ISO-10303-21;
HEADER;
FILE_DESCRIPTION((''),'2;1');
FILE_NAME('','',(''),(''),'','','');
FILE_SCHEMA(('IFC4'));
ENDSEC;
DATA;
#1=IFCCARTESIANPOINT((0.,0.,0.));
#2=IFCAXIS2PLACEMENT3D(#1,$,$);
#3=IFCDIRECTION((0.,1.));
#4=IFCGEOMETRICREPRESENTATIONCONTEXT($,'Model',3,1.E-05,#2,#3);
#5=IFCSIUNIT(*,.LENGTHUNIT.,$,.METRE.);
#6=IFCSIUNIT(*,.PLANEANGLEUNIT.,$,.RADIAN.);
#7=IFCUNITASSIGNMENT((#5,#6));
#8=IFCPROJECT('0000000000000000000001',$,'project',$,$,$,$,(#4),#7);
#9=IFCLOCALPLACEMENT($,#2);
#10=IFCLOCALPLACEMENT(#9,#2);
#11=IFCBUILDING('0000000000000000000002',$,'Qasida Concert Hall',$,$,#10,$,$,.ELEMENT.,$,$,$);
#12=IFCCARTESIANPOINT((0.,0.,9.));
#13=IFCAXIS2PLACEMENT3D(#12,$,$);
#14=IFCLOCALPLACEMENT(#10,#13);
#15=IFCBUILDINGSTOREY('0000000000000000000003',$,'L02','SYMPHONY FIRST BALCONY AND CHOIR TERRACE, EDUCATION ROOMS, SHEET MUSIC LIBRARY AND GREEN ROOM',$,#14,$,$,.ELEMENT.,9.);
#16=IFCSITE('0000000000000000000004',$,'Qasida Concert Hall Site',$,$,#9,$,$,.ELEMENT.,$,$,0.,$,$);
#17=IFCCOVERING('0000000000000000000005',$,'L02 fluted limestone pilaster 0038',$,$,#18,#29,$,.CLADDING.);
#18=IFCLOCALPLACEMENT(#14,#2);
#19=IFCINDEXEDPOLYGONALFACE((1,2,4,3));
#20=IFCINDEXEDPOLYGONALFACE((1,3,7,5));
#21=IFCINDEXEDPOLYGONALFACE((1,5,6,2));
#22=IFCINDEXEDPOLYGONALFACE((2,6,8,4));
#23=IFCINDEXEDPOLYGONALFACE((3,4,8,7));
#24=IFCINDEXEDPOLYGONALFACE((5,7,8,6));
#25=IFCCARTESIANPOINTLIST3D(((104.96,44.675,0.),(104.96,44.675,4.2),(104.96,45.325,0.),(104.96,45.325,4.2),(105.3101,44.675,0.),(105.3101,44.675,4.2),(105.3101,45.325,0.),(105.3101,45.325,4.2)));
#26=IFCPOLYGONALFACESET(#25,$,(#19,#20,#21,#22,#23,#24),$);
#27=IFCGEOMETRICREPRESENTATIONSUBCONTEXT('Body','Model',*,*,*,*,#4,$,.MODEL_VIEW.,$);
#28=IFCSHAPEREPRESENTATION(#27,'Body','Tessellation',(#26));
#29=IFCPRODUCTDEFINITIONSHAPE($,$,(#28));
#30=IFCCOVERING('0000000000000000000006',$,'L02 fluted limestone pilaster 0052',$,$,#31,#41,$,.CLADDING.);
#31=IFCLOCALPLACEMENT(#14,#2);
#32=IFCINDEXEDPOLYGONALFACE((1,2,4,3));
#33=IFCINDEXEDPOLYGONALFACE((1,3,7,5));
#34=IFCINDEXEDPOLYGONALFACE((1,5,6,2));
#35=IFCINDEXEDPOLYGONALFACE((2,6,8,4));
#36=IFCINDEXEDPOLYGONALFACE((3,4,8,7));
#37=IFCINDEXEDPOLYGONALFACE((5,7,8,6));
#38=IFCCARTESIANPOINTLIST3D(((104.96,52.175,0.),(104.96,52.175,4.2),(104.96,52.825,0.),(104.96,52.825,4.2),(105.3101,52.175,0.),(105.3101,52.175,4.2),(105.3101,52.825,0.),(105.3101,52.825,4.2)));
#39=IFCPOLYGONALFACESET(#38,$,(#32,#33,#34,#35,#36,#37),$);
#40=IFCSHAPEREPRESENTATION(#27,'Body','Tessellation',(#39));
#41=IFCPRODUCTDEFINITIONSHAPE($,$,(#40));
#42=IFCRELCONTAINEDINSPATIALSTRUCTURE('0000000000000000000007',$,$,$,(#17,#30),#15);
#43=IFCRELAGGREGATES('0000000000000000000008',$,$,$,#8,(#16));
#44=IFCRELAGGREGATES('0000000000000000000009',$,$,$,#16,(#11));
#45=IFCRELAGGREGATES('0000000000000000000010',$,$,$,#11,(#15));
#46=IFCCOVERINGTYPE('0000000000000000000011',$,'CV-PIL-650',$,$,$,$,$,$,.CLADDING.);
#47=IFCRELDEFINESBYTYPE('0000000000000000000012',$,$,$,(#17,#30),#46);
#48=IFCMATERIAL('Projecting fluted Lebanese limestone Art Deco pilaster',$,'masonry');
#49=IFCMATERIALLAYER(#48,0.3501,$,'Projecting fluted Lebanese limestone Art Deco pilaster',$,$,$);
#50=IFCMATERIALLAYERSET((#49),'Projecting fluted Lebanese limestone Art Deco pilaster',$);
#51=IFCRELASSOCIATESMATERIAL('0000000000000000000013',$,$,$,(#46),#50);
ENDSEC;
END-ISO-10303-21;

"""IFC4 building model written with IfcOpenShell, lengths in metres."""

from ifc_helpers import new_model, si_unit, direction, frame, origin, origin_2d, place, context, subcontext, project, spatial, rectangle, extrude, material, layer, layer_set, type_object, element, save


model = new_model("IFC4")

# Units and contexts
model_context = context("Model", 3, precision=1e-05, world=origin(), true_north=direction((0.0, 1.0)))
body_context = subcontext(model_context, "Body", "Model", "MODEL_VIEW")
ifc_project = project(units=[si_unit("LENGTHUNIT", "METRE"), si_unit("PLANEANGLEUNIT", "RADIAN")], contexts=[model_context])

# Site, building, storey
site_placement = place(None, origin())
site = spatial("IfcSite", under=ifc_project, at=site_placement, Name="Qasida Concert Hall Site", CompositionType="ELEMENT", RefElevation=0.0)
building_placement = place(site_placement, origin())
building = spatial("IfcBuilding", under=site, at=building_placement, Name="Qasida Concert Hall", CompositionType="ELEMENT")
storey_placement = place(building_placement, frame((0.0, 0.0, 9.0)))
storey = spatial("IfcBuildingStorey", under=building, at=storey_placement, Name="L02", Description="SYMPHONY FIRST BALCONY AND CHOIR TERRACE, EDUCATION ROOMS, SHEET MUSIC LIBRARY AND GREEN ROOM", CompositionType="ELEMENT", Elevation=9.0)

# Coverings
ifc_material_1 = material(Name="Projecting fluted Lebanese limestone Art Deco pilaster", Category="masonry")
ifc_layer_1 = layer(ifc_material_1, 0.3501, Name="Projecting fluted Lebanese limestone Art Deco pilaster")
ifc_layer_set_1 = layer_set([ifc_layer_1], Name="Projecting fluted Lebanese limestone Art Deco pilaster")
covering_type = type_object("IfcCoveringType", Name="CV-PIL-650", PredefinedType="CLADDING", material=ifc_layer_set_1)
for number, where, z_axis, x_axis, name in (
    (1, (105.135, 45.0, 0.0), (0.0, 0.0, 1.0), (1.0, 0.0, 0.0), "L02 fluted limestone pilaster 0038"),
    (2, (105.135, 52.5, 0.0), (0.0, 0.0, 1.0), (1.0, 0.0, 0.0), "L02 fluted limestone pilaster 0052"),
):
    element("IfcCovering", number, at=place(storey_placement, frame(where, z_axis=z_axis, x_axis=x_axis)), inside=storey, type_object=covering_type, Name=name, PredefinedType="CLADDING", context=body_context, shape_type="SweptSolid", body=[
        extrude(rectangle(XDim=0.3501, YDim=0.6499, at=origin_2d()), origin(), (0.0, 0.0, 1.0), 4.2),
    ])

save(model, "model.ifc")
